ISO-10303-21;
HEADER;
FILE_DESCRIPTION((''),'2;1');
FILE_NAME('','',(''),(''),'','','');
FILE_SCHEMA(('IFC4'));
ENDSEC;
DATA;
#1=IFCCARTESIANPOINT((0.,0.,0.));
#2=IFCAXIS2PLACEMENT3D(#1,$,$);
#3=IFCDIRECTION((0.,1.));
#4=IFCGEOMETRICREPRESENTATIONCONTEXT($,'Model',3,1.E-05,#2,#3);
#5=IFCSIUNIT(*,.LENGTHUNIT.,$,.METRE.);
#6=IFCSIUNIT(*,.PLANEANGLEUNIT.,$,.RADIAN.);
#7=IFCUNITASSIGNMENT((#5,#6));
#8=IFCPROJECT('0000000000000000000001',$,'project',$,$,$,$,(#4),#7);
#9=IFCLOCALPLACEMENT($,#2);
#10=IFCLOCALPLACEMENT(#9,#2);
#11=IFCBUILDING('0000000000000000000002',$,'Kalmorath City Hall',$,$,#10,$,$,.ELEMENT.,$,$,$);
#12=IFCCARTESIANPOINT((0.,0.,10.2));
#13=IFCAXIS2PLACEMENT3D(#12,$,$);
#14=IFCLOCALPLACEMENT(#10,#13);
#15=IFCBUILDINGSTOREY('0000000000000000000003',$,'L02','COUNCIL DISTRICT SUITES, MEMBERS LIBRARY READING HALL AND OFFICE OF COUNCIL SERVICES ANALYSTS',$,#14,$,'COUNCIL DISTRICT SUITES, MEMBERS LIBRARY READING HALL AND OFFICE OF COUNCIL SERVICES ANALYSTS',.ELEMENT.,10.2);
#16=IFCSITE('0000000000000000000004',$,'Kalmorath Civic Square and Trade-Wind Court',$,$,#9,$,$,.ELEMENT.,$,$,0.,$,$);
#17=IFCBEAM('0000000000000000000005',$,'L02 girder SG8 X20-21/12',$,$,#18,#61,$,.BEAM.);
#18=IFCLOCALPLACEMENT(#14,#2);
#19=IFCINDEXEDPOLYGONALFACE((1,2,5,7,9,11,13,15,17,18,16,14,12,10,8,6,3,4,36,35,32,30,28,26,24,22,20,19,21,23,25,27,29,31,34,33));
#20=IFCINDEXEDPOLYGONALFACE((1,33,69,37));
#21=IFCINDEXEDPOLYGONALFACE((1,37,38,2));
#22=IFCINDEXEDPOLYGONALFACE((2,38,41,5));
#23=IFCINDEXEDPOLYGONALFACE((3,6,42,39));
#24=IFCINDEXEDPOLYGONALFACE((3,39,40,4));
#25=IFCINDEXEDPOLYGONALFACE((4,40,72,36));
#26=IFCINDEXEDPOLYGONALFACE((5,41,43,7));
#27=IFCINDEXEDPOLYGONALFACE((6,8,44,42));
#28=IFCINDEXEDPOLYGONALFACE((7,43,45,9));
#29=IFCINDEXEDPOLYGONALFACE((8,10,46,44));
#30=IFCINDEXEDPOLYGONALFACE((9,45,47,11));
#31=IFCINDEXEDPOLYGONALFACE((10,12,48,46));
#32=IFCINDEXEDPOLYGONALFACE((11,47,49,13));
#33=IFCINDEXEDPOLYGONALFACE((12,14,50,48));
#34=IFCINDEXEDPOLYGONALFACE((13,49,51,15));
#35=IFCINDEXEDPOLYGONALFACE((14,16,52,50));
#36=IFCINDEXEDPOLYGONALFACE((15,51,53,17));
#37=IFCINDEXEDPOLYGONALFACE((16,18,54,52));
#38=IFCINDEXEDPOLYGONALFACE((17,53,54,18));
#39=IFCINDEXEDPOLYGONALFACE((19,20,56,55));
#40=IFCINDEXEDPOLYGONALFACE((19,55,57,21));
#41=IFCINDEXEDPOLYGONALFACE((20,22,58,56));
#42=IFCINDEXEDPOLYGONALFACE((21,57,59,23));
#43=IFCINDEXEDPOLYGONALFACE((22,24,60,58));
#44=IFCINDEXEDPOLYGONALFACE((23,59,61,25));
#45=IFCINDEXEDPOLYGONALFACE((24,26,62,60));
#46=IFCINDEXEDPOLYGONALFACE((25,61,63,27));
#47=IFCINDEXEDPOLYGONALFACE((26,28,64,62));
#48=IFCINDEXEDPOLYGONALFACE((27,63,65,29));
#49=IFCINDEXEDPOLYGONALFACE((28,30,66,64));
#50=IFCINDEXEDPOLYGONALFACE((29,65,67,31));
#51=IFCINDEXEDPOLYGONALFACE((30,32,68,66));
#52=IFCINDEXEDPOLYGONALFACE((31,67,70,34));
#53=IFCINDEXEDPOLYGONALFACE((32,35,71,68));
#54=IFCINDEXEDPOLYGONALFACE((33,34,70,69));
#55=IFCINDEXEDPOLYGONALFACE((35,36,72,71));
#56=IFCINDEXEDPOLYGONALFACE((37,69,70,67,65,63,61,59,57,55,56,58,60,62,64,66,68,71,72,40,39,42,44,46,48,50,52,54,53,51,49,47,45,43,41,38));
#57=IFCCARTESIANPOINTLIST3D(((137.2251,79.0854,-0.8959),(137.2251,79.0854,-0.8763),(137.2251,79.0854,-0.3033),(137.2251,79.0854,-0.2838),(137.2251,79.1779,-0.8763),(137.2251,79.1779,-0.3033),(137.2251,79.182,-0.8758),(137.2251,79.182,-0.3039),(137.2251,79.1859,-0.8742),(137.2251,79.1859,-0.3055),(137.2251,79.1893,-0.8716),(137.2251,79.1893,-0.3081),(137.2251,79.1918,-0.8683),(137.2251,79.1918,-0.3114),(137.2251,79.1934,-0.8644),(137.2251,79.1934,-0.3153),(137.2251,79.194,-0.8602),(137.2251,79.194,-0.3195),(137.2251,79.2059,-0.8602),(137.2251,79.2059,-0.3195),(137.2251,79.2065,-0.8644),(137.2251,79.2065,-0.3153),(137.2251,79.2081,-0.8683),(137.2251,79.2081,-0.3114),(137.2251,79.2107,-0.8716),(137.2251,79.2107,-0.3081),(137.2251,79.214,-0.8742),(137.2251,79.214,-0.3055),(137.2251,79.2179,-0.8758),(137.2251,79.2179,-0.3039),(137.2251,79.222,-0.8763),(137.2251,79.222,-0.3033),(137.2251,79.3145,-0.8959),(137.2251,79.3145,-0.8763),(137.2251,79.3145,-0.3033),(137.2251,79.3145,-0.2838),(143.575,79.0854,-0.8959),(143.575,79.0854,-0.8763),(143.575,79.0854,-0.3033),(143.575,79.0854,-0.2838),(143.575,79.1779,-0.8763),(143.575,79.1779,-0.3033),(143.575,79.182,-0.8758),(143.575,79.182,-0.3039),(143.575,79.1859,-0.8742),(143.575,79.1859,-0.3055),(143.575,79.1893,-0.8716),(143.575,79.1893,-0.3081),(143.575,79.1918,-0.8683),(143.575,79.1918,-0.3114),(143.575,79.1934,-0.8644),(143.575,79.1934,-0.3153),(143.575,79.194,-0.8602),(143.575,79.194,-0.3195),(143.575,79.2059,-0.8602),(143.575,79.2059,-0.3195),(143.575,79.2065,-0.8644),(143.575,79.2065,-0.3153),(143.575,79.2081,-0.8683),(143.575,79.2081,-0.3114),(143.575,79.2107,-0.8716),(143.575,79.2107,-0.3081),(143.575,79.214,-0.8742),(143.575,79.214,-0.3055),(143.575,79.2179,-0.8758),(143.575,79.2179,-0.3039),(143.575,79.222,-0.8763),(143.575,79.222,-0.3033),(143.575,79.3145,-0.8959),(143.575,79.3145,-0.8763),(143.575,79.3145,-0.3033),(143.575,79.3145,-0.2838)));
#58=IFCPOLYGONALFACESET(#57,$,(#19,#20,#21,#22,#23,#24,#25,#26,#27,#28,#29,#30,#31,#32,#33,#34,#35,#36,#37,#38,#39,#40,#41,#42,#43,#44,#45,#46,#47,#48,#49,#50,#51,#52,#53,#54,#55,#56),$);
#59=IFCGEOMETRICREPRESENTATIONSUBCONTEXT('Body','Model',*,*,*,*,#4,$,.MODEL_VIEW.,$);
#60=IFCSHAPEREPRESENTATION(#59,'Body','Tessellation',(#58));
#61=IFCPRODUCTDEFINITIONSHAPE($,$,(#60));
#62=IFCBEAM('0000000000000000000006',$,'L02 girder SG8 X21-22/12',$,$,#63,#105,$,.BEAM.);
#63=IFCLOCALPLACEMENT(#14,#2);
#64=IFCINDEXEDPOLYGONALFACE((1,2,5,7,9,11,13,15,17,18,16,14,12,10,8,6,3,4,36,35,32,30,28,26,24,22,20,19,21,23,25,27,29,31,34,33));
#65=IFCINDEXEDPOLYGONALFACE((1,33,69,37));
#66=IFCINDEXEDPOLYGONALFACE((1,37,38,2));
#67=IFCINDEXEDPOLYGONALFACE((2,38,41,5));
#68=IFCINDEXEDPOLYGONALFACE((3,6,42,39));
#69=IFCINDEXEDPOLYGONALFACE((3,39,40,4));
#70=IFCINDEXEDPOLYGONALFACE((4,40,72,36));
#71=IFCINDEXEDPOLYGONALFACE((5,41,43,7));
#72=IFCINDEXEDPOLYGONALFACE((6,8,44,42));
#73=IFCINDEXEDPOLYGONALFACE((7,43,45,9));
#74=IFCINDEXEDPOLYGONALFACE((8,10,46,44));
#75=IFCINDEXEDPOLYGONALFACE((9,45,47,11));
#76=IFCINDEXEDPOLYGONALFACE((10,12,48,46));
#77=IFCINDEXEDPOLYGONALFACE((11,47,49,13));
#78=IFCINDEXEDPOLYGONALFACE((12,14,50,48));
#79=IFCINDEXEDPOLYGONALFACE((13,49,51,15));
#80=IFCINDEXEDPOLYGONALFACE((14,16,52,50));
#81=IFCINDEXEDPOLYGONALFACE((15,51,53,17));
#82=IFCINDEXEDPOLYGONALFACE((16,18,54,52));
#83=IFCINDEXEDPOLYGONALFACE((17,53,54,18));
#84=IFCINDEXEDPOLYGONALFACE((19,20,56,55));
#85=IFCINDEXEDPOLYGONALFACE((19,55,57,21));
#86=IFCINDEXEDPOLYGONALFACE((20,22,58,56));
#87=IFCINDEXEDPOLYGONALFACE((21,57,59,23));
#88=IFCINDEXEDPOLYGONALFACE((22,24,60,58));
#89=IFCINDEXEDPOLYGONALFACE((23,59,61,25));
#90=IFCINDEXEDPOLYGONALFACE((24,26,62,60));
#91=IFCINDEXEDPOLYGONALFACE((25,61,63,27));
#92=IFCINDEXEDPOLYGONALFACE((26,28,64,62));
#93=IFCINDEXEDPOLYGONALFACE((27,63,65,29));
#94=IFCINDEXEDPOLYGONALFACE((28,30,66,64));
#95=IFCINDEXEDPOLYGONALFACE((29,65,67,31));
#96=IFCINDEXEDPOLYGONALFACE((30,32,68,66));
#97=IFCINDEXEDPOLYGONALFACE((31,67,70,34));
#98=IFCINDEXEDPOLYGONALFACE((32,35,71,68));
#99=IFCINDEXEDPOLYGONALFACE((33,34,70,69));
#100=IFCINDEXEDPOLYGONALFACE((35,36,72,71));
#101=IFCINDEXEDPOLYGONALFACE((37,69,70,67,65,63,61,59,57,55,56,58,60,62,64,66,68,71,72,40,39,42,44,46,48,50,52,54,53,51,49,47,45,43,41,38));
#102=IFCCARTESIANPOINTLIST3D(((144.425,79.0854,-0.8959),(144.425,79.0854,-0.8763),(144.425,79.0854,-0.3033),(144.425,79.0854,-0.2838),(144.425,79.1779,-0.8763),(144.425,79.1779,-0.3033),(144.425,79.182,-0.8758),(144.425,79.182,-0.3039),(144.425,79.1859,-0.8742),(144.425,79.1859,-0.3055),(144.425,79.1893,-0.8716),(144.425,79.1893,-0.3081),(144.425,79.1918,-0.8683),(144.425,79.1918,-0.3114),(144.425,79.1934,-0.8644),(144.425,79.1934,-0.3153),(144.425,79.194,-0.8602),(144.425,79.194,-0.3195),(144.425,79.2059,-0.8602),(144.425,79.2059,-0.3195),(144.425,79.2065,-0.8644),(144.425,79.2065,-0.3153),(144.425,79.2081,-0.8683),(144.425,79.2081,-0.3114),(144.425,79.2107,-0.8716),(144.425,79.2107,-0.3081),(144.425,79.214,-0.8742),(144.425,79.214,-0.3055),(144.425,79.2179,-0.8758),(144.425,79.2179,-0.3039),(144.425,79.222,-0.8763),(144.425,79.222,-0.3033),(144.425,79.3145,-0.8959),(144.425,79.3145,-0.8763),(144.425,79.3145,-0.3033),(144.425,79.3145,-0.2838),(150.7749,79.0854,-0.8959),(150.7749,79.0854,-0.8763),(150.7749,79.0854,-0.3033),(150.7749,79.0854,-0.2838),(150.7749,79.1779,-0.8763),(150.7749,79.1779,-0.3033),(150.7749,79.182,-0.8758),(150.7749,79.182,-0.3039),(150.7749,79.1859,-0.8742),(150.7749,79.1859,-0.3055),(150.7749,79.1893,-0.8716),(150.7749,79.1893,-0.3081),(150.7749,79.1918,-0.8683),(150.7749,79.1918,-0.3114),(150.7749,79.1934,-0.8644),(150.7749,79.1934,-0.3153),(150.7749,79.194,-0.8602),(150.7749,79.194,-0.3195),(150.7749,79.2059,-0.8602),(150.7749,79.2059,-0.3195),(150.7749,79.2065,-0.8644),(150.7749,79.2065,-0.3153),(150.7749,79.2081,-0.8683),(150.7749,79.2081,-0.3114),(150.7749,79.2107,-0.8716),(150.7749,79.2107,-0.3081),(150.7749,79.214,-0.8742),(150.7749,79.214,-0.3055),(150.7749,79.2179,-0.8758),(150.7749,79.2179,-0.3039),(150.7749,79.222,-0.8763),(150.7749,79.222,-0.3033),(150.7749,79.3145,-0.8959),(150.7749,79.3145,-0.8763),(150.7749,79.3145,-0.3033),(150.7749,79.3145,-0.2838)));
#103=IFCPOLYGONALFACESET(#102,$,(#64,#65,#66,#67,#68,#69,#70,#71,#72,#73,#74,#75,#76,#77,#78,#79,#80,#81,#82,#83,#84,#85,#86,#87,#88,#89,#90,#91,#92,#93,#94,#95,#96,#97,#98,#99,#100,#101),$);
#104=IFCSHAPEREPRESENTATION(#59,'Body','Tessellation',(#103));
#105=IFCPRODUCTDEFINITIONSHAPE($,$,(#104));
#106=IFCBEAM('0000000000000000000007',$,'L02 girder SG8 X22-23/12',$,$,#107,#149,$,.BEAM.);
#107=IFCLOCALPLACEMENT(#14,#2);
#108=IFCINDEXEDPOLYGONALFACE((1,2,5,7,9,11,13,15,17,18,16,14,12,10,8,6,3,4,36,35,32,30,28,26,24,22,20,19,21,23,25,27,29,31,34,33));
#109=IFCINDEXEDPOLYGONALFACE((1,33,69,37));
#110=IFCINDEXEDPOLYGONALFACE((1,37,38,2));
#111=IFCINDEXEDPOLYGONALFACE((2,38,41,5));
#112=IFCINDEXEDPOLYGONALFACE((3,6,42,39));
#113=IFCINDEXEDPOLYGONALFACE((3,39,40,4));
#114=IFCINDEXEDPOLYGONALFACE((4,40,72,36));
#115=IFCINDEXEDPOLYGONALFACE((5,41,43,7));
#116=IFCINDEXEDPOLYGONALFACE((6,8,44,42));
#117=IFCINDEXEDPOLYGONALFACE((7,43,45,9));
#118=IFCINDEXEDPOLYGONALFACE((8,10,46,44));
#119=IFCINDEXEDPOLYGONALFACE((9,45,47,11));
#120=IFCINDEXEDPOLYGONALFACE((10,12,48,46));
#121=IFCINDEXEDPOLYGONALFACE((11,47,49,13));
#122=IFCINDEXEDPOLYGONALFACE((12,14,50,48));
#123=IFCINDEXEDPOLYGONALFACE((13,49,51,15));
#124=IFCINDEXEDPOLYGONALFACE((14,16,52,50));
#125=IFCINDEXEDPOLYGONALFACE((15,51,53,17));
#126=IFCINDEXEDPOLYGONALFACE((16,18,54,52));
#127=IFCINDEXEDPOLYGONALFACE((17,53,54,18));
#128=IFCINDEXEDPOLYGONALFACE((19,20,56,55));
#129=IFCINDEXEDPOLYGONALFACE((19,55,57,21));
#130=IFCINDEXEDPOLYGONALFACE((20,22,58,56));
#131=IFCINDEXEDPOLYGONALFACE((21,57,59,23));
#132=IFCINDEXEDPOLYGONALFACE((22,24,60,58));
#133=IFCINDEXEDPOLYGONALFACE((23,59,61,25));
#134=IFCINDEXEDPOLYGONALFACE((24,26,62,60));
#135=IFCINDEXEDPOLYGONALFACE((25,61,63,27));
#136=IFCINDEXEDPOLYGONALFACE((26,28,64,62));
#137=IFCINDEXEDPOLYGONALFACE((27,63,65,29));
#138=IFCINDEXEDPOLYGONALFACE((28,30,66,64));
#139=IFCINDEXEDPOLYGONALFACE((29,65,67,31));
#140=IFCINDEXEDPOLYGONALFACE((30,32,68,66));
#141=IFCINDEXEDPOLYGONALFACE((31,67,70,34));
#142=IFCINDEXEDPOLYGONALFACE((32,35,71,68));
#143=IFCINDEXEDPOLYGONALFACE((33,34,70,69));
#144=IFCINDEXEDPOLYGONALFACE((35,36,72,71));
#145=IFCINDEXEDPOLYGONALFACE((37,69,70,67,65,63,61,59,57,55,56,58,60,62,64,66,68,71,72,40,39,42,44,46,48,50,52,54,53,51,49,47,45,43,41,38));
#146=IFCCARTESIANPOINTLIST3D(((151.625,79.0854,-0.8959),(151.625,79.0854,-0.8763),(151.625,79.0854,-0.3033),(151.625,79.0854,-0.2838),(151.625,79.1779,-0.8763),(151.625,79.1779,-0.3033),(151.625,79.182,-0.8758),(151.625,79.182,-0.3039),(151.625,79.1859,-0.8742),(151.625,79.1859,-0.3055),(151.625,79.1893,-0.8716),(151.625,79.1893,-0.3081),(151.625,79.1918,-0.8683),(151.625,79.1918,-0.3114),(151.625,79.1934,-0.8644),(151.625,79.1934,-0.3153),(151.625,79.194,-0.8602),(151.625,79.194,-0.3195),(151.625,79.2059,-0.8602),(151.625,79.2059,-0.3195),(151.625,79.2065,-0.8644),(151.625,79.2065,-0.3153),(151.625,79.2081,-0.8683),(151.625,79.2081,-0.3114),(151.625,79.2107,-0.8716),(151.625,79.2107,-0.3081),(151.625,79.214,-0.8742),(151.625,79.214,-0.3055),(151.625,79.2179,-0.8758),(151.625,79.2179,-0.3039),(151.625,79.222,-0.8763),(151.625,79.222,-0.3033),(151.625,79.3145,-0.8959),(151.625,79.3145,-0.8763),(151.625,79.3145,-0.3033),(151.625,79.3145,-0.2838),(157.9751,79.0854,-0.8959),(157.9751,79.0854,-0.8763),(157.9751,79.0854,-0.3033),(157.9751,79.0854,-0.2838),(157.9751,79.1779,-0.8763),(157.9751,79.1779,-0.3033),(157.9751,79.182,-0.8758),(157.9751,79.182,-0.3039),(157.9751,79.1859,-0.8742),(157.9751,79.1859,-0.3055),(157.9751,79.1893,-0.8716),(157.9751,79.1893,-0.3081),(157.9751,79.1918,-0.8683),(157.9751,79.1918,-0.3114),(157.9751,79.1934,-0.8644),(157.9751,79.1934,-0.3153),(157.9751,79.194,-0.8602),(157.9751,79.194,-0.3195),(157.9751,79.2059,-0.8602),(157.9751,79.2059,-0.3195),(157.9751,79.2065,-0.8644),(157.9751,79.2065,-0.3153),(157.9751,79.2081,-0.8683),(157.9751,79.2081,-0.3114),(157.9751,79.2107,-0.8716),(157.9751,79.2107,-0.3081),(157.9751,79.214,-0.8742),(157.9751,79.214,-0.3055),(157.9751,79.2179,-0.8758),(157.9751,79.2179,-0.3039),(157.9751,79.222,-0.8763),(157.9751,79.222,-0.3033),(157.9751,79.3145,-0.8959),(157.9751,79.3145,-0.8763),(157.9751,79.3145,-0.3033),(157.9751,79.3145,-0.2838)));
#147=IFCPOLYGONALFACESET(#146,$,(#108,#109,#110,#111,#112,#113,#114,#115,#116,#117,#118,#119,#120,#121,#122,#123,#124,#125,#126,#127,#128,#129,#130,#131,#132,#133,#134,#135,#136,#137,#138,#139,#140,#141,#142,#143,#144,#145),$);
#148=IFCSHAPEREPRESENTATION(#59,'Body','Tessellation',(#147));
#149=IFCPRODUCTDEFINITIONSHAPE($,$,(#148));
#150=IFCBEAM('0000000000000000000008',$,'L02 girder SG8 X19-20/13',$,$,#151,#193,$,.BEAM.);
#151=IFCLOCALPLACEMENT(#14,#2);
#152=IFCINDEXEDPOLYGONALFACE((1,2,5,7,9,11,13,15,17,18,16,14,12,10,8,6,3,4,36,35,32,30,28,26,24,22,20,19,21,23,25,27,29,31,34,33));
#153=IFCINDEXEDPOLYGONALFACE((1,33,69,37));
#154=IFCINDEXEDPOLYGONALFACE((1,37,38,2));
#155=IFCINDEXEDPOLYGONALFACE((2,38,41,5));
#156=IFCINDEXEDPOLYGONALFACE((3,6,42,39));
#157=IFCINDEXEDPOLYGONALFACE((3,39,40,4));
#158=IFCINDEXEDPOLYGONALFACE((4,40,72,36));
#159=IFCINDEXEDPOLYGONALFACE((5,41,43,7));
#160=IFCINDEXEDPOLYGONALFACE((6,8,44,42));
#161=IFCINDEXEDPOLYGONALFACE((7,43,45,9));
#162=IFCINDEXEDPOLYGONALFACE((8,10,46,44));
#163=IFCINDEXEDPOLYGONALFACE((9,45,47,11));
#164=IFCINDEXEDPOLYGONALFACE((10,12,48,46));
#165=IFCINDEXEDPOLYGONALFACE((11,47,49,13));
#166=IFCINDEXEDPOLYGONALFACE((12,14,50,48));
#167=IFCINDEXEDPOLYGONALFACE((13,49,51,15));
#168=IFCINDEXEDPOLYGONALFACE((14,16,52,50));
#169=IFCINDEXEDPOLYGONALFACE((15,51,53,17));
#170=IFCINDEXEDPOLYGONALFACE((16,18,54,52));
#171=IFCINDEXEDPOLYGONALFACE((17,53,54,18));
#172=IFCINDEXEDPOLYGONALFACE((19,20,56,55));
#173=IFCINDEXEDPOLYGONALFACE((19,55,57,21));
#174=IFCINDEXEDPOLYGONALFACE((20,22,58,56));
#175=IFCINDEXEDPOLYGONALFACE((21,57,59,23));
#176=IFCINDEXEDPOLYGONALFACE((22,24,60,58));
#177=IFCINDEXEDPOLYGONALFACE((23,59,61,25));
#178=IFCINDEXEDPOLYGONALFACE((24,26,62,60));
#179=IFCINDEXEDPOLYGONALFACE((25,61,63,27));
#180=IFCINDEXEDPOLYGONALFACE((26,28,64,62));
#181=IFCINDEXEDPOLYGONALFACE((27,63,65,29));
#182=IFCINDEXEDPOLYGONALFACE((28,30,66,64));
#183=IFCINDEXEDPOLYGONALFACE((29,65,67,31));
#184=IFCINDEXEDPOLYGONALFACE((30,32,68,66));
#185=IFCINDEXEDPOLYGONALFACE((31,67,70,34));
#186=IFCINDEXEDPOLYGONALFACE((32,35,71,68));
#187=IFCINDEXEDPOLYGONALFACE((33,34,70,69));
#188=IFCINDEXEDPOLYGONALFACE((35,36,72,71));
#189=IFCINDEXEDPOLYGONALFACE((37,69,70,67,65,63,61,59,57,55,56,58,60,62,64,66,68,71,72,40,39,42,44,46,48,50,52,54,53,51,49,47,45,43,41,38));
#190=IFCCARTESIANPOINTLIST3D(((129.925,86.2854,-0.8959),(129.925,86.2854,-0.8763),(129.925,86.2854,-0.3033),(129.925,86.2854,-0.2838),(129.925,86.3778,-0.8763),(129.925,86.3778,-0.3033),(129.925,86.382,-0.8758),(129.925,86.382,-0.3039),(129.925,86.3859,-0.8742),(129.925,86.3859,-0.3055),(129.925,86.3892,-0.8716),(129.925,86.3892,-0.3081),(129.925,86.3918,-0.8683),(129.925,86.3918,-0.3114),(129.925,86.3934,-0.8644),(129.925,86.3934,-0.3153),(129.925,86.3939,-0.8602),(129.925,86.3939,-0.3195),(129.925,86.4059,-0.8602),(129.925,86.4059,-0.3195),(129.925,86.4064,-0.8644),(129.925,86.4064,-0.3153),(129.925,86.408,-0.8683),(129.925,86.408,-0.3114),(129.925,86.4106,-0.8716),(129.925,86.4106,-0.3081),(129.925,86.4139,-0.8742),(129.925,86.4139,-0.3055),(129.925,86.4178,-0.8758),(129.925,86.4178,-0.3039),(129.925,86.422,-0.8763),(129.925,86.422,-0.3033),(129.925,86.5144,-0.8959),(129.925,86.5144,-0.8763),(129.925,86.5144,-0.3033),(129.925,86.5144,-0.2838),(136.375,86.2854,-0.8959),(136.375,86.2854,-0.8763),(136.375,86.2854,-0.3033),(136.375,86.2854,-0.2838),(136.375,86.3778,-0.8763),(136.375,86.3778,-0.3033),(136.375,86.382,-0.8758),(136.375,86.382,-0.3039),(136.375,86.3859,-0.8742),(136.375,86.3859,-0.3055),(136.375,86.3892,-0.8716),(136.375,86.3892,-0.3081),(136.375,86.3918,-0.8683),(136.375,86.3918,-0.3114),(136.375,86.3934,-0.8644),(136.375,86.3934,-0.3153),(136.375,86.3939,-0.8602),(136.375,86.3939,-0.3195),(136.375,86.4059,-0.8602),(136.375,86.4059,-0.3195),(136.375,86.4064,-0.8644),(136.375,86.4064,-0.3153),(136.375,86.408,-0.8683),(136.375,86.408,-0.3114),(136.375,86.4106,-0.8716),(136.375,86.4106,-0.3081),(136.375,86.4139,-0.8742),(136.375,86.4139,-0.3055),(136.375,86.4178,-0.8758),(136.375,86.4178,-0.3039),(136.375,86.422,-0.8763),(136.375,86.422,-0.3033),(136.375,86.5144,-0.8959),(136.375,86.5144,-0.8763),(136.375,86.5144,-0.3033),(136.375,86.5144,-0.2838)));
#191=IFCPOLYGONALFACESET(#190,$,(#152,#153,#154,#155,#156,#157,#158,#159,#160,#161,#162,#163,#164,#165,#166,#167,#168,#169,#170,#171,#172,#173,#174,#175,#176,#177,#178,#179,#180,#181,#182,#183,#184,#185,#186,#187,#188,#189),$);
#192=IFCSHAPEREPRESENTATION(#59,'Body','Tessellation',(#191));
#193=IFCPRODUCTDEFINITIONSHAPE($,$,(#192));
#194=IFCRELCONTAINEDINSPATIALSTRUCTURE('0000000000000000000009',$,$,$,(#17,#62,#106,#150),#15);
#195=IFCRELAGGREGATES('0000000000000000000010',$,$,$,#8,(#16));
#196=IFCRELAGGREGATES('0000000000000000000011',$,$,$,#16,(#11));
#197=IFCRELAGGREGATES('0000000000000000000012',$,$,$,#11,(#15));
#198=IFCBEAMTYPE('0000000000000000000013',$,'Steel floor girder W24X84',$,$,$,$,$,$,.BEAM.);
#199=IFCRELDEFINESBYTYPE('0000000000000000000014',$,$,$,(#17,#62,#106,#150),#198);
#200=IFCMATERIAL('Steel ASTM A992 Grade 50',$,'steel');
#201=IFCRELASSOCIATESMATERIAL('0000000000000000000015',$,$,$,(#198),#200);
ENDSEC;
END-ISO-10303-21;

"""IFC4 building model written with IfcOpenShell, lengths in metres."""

from ifc_helpers import new_model, si_unit, direction, frame, origin, origin_2d, place, context, subcontext, project, spatial, i_section, extrude, material, material_profile, profile_set, type_object, element, save


model = new_model("IFC4")

# Units and contexts
model_context = context("Model", 3, precision=1e-05, world=origin(), true_north=direction((0.0, 1.0)))
body_context = subcontext(model_context, "Body", "Model", "MODEL_VIEW")
ifc_project = project(units=[si_unit("LENGTHUNIT", "METRE"), si_unit("PLANEANGLEUNIT", "RADIAN")], contexts=[model_context])

# Site, building, storey
site_placement = place(None, origin())
site = spatial("IfcSite", under=ifc_project, at=site_placement, Name="Kalmorath Civic Square and Trade-Wind Court", CompositionType="ELEMENT", RefElevation=0.0)
building_placement = place(site_placement, origin())
building = spatial("IfcBuilding", under=site, at=building_placement, Name="Kalmorath City Hall", CompositionType="ELEMENT")
storey_placement = place(building_placement, frame((0.0, 0.0, 10.2)))
storey = spatial("IfcBuildingStorey", under=building, at=storey_placement, Name="L02", Description="COUNCIL DISTRICT SUITES, MEMBERS LIBRARY READING HALL AND OFFICE OF COUNCIL SERVICES ANALYSTS", LongName="COUNCIL DISTRICT SUITES, MEMBERS LIBRARY READING HALL AND OFFICE OF COUNCIL SERVICES ANALYSTS", CompositionType="ELEMENT", Elevation=10.2)

# Beams
ifc_material_1 = material(Name="Steel ASTM A992 Grade 50", Category="steel")
ifc_material_profile_1 = material_profile(ifc_material_1, i_section(OverallWidth=0.229, OverallDepth=0.6121, WebThickness=0.012, FlangeThickness=0.0195, FilletRadius=0.0161, at=origin_2d()), Name="W24X84")
ifc_profile_set_1 = profile_set([ifc_material_profile_1], Name="Steel ASTM A992 Grade 50")
beam_type_1 = type_object("IfcBeamType", Name="Steel floor girder W24X84", PredefinedType="BEAM", material=ifc_profile_set_1)
for number, where, z_axis, x_axis, name in (
    (1, (137.2251, 79.2, -0.5898), (1.0, 0.0, 0.0), (0.0, 1.0, 0.0), "L02 girder SG8 X20-21/12"),
    (2, (144.425, 79.2, -0.5898), (1.0, 0.0, 0.0), (0.0, 1.0, 0.0), "L02 girder SG8 X21-22/12"),
):
    element("IfcBeam", number, at=place(storey_placement, frame(where, z_axis=z_axis, x_axis=x_axis)), inside=storey, type_object=beam_type_1, Name=name, PredefinedType="BEAM", context=body_context, shape_type="SweptSolid", body=[
        extrude(i_section(OverallWidth=0.229, OverallDepth=0.6121, WebThickness=0.012, FlangeThickness=0.0195, FilletRadius=0.0161, at=origin_2d()), origin(), (0.0, 0.0, 1.0), 6.3499),
    ])
beam_1_placement = place(storey_placement, frame((151.625, 79.2, -0.5898), z_axis=(1.0, 0.0, 0.0), x_axis=(0.0, 1.0, 0.0)))
element("IfcBeam", 3, at=beam_1_placement, inside=storey, type_object=beam_type_1, Name="L02 girder SG8 X22-23/12", PredefinedType="BEAM", context=body_context, shape_type="SweptSolid", body=[
    extrude(i_section(OverallWidth=0.229, OverallDepth=0.6121, WebThickness=0.012, FlangeThickness=0.0195, FilletRadius=0.0161, at=origin_2d()), origin(), (0.0, 0.0, 1.0), 6.3501),
])
beam_2_placement = place(storey_placement, frame((129.925, 86.3999, -0.5898), z_axis=(1.0, 0.0, 0.0), x_axis=(0.0, 1.0, 0.0)))
element("IfcBeam", 4, at=beam_2_placement, inside=storey, type_object=beam_type_1, Name="L02 girder SG8 X19-20/13", PredefinedType="BEAM", context=body_context, shape_type="SweptSolid", body=[
    extrude(i_section(OverallWidth=0.229, OverallDepth=0.6121, WebThickness=0.012, FlangeThickness=0.0195, FilletRadius=0.0161, at=origin_2d()), origin(), (0.0, 0.0, 1.0), 6.45),
])

save(model, "model.ifc")
